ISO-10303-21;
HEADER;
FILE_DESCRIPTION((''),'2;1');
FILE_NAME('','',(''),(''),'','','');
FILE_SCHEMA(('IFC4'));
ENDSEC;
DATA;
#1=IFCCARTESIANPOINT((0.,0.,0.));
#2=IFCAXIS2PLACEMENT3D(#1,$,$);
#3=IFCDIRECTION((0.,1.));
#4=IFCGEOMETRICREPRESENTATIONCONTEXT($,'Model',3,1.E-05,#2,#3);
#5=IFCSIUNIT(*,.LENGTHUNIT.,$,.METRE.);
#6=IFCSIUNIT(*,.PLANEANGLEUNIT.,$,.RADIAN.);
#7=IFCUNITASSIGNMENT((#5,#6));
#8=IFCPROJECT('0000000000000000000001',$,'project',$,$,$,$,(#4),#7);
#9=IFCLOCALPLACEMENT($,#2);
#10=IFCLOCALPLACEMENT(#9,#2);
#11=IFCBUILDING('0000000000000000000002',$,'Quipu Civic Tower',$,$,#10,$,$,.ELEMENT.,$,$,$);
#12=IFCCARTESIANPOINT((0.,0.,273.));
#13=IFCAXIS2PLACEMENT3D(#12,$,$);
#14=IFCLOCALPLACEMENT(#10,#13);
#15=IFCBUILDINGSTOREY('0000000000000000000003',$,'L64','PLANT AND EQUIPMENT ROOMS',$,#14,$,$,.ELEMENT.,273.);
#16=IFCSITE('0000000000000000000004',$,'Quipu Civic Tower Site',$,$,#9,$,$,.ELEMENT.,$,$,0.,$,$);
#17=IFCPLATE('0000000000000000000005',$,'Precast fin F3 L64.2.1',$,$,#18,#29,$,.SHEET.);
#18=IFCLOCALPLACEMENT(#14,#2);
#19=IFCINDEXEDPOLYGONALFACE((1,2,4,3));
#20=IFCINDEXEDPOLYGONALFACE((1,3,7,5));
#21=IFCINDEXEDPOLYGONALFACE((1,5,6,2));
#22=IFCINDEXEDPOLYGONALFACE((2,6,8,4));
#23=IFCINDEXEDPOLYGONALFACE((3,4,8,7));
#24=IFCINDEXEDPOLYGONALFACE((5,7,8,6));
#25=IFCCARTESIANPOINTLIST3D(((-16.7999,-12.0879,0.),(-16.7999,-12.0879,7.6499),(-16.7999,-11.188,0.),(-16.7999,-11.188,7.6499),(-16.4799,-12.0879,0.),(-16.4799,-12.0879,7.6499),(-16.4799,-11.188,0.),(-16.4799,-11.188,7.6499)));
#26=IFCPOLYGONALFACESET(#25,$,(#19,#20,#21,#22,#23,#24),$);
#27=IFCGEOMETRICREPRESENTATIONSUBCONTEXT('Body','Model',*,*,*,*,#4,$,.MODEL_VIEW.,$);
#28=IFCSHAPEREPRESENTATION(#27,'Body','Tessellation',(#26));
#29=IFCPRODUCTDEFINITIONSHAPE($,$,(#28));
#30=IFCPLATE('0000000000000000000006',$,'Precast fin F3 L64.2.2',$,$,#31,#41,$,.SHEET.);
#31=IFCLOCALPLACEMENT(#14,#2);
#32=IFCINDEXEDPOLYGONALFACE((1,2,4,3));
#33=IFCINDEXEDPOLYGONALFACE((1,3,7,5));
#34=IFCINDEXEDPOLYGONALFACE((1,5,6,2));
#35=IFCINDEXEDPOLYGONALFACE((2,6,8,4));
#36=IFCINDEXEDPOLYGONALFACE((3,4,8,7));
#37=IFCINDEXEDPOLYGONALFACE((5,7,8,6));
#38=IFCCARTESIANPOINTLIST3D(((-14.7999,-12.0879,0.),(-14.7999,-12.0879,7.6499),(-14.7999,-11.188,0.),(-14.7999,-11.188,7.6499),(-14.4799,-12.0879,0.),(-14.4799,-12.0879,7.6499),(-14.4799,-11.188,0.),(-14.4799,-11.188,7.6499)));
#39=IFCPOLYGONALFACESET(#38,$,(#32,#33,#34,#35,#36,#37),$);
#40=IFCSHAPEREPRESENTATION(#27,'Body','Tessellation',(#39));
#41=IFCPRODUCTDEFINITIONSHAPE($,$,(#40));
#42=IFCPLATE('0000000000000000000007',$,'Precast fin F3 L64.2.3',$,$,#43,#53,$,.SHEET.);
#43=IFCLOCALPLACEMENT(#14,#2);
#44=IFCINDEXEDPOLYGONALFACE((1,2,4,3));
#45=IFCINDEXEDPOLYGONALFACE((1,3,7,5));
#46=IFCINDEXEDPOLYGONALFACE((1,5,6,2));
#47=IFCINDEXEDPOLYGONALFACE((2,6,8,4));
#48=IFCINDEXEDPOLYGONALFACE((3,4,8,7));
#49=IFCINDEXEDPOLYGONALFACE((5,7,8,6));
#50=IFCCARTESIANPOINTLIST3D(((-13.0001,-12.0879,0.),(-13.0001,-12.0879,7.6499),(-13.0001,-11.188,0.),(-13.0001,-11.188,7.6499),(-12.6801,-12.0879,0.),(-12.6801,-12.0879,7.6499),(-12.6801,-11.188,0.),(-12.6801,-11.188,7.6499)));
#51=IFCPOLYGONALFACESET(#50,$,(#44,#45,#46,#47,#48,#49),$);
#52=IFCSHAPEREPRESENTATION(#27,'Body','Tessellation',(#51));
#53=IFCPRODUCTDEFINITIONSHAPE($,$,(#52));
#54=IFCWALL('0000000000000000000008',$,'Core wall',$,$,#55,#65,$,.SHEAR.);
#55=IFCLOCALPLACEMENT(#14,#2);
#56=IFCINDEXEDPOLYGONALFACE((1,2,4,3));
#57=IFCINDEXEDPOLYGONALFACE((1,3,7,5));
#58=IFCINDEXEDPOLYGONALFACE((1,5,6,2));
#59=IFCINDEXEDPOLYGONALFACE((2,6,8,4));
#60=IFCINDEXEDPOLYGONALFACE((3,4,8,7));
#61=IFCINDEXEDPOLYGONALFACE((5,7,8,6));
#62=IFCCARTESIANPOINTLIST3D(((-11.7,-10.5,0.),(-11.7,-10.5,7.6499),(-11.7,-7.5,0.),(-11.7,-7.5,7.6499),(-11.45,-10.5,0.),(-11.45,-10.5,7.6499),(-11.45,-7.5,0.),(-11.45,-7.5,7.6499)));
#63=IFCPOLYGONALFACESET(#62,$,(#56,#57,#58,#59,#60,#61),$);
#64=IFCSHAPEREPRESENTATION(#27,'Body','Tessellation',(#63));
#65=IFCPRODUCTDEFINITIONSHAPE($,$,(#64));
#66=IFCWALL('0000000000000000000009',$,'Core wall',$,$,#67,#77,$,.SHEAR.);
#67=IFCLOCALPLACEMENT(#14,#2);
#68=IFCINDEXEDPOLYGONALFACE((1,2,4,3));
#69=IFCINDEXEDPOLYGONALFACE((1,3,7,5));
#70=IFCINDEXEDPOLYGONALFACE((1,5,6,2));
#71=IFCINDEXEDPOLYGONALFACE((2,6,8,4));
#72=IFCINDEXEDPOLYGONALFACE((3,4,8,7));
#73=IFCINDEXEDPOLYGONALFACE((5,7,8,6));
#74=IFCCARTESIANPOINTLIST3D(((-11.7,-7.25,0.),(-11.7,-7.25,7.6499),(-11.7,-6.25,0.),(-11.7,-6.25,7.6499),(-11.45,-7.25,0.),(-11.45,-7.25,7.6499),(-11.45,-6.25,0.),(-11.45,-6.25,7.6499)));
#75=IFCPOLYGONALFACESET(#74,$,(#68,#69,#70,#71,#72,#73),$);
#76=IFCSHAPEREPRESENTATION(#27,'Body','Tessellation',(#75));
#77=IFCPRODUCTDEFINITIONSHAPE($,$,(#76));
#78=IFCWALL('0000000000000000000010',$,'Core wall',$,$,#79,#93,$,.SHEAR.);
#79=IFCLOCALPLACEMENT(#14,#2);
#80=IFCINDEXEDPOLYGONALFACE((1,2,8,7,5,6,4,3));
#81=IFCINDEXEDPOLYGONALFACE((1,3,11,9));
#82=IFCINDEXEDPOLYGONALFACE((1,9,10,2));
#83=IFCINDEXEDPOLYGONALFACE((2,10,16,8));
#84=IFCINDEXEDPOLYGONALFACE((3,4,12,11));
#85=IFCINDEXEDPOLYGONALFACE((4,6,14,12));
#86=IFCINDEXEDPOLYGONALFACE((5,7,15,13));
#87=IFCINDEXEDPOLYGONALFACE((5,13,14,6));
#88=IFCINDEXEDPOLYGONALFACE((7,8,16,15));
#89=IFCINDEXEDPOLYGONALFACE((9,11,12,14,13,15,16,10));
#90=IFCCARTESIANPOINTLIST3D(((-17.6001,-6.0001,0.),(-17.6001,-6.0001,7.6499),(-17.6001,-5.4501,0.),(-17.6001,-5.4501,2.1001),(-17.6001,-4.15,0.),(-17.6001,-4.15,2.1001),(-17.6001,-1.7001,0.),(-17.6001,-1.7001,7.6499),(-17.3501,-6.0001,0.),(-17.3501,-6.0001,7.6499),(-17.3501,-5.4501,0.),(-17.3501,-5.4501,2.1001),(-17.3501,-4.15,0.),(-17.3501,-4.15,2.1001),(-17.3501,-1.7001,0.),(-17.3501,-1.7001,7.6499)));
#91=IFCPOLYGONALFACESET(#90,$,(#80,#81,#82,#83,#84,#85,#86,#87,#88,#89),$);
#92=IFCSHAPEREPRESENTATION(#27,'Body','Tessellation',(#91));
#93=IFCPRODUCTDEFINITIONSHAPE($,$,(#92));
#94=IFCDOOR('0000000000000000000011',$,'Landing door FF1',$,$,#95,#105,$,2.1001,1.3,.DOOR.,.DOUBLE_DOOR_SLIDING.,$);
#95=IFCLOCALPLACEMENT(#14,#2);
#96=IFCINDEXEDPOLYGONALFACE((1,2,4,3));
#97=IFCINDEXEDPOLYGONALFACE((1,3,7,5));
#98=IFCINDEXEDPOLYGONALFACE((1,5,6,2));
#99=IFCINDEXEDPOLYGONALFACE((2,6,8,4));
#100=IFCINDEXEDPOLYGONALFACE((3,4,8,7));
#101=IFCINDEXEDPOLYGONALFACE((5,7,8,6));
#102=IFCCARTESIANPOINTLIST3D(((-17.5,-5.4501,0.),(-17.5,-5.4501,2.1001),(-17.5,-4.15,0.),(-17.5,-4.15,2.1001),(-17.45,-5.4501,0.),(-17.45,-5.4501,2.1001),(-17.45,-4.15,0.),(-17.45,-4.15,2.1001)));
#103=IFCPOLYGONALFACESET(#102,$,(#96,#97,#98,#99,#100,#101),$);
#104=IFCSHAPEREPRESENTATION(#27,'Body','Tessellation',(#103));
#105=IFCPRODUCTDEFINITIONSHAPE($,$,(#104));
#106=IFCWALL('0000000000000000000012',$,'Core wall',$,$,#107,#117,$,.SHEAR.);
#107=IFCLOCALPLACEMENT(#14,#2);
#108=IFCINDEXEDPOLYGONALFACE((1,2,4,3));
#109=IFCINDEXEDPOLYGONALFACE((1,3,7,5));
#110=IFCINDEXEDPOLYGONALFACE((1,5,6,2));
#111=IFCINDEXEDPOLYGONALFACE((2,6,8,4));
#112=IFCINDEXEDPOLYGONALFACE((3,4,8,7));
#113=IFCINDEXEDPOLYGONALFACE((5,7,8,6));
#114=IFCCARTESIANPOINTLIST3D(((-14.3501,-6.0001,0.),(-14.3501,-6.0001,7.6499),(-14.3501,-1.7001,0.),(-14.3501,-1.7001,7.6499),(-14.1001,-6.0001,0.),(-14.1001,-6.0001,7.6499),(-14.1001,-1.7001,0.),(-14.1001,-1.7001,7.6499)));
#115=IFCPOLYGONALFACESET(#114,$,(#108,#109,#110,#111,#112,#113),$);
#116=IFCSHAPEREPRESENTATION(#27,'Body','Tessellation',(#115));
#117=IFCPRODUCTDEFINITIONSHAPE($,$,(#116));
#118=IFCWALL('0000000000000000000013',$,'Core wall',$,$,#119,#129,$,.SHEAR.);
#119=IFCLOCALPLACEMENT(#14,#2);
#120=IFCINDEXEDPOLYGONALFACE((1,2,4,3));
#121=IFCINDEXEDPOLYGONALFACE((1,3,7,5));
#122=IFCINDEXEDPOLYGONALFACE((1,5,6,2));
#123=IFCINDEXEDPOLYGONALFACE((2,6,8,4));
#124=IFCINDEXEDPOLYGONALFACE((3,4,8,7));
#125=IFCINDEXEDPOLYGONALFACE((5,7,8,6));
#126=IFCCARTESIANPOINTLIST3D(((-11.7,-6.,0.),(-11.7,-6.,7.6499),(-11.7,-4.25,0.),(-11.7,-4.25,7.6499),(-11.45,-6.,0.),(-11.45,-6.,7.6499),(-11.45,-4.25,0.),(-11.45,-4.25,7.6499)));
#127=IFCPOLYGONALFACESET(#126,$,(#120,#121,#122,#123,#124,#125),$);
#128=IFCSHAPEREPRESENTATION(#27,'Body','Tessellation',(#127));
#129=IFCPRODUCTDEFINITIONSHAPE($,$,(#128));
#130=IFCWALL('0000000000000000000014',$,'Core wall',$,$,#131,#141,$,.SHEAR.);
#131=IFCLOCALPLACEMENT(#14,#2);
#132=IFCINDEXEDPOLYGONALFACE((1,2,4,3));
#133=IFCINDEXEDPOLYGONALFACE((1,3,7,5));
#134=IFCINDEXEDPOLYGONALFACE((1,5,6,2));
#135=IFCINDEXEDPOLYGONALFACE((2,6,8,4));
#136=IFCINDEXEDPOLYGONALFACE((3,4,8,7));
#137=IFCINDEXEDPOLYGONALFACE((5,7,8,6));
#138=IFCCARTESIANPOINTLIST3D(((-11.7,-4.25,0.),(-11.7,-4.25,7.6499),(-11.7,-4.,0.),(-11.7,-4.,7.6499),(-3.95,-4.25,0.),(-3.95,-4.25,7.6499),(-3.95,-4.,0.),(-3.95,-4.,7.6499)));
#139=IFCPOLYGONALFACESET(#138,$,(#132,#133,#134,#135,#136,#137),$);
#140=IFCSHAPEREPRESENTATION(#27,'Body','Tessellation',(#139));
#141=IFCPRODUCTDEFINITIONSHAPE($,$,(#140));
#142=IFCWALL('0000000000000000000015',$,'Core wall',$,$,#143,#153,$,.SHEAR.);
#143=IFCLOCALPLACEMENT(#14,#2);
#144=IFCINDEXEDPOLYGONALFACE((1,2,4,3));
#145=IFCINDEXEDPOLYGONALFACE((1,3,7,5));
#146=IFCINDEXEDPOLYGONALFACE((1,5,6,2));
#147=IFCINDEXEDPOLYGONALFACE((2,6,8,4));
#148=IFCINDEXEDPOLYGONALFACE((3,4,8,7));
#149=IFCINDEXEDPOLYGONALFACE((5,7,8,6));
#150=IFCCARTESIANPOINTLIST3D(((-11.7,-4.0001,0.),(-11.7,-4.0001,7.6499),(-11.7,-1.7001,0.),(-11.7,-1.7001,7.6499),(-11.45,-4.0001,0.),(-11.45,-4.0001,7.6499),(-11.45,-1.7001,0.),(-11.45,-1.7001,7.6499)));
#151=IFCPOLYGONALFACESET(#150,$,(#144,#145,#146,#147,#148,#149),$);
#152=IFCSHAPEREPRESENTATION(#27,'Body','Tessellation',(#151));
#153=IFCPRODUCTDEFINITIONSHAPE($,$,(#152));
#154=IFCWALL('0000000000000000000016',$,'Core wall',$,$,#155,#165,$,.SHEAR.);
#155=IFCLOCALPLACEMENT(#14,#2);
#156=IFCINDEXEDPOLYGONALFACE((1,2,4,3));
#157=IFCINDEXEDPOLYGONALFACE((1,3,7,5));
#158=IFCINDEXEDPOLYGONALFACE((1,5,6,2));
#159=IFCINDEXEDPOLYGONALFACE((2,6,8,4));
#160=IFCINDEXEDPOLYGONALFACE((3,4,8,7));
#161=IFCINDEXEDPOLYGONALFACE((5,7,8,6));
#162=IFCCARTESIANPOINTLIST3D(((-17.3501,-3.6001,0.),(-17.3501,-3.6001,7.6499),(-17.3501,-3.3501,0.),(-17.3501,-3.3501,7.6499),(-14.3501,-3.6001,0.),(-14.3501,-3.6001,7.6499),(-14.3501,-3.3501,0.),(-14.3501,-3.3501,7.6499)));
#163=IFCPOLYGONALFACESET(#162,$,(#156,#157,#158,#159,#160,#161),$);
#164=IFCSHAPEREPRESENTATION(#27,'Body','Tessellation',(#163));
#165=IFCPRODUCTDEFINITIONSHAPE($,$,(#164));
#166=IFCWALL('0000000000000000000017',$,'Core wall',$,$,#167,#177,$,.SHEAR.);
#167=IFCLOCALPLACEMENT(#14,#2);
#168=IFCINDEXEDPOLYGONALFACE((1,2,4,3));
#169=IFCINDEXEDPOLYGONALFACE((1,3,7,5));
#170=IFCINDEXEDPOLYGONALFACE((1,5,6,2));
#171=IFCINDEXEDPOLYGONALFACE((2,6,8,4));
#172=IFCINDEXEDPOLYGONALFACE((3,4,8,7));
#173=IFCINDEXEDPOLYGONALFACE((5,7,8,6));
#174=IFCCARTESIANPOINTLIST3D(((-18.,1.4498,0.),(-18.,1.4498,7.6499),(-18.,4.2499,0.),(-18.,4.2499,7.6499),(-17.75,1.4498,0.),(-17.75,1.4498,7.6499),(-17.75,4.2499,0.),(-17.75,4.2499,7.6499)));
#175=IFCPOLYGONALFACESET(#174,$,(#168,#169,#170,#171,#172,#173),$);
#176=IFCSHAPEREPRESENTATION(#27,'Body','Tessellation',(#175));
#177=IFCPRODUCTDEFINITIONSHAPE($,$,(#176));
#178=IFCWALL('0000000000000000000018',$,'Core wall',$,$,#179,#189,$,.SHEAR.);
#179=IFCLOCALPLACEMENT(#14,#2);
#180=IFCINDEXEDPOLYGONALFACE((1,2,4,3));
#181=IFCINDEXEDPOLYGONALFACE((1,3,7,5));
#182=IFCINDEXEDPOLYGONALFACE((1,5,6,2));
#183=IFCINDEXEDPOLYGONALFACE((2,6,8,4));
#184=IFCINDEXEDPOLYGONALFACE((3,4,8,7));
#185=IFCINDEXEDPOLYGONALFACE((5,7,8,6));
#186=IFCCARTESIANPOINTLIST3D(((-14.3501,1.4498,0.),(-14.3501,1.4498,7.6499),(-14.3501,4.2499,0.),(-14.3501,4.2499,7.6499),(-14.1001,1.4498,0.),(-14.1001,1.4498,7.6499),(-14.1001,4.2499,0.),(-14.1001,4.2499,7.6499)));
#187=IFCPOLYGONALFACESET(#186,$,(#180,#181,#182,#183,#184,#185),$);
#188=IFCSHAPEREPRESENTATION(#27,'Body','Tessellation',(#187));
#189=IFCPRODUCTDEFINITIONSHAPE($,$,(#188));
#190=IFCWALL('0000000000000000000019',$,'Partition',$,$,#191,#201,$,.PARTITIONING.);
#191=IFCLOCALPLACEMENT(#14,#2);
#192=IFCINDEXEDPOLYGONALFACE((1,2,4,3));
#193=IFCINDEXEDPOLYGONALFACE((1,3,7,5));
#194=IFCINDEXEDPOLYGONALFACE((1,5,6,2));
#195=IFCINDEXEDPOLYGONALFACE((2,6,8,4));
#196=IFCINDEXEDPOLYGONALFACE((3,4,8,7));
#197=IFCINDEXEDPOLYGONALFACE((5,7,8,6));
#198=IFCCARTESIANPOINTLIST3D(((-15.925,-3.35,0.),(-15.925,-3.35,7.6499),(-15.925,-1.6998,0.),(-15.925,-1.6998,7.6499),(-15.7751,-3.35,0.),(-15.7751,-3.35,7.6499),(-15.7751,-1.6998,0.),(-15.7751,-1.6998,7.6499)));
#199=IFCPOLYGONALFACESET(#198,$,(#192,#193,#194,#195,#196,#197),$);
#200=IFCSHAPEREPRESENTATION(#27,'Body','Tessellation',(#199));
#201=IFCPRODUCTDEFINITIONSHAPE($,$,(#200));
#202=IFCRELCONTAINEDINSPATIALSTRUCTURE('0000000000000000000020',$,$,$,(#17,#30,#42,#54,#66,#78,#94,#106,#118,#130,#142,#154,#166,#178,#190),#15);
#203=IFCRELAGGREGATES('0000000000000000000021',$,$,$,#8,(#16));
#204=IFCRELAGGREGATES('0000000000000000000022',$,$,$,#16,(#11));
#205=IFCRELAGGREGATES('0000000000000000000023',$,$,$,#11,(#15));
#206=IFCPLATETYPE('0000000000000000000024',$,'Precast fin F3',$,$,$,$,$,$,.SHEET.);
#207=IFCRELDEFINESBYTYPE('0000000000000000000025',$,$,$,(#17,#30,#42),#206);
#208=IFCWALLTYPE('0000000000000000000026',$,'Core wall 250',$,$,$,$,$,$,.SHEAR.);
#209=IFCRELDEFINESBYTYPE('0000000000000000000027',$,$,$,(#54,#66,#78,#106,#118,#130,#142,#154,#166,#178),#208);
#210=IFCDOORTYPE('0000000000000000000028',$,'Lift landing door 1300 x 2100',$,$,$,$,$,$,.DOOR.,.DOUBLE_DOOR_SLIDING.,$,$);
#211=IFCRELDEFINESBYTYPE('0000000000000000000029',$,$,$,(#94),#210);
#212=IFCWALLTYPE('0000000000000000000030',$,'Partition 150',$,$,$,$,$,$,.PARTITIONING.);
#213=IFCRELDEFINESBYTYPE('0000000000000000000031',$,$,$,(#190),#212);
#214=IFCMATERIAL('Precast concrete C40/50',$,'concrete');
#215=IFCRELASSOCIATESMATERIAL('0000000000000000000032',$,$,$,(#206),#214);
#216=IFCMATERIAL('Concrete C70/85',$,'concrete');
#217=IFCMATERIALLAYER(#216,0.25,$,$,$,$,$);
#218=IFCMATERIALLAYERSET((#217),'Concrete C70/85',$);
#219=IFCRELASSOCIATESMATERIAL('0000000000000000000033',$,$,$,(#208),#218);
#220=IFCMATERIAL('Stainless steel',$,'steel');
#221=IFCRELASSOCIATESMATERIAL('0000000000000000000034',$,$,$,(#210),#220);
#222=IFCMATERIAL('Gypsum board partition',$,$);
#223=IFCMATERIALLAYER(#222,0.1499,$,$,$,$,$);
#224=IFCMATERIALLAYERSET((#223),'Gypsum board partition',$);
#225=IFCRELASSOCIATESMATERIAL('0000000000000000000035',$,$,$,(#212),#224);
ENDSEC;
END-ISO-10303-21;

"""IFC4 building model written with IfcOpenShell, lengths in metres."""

from ifc_helpers import new_model, si_unit, direction, frame, frame_2d, origin, origin_2d, place, context, subcontext, project, spatial, rectangle, extrude, material, layer, layer_set, type_object, element, fill, save


model = new_model("IFC4")

# Units and contexts
model_context = context("Model", 3, precision=1e-05, world=origin(), true_north=direction((0.0, 1.0)))
body_context = subcontext(model_context, "Body", "Model", "MODEL_VIEW")
ifc_project = project(units=[si_unit("LENGTHUNIT", "METRE"), si_unit("PLANEANGLEUNIT", "RADIAN")], contexts=[model_context])

# Site, building, storey
site_placement = place(None, origin())
site = spatial("IfcSite", under=ifc_project, at=site_placement, Name="Quipu Civic Tower Site", CompositionType="ELEMENT", RefElevation=0.0)
building_placement = place(site_placement, origin())
building = spatial("IfcBuilding", under=site, at=building_placement, Name="Quipu Civic Tower", CompositionType="ELEMENT")
storey_placement = place(building_placement, frame((0.0, 0.0, 273.0)))
storey = spatial("IfcBuildingStorey", under=building, at=storey_placement, Name="L64", Description="PLANT AND EQUIPMENT ROOMS", CompositionType="ELEMENT", Elevation=273.0)

# Plates
ifc_material_1 = material(Name="Precast concrete C40/50", Category="concrete")
plate_type = type_object("IfcPlateType", Name="Precast fin F3", PredefinedType="SHEET", material=ifc_material_1)
for number, where, z_axis, x_axis, name in (
    (1, (-16.6399, -11.6379, 0.0), (0.0, 0.0, 1.0), (1.0, 0.0, 0.0), "Precast fin F3 L64.2.1"),
    (2, (-14.6399, -11.6379, 0.0), (0.0, 0.0, 1.0), (1.0, 0.0, 0.0), "Precast fin F3 L64.2.2"),
    (3, (-12.8401, -11.6379, 0.0), (0.0, 0.0, 1.0), (1.0, 0.0, 0.0), "Precast fin F3 L64.2.3"),
):
    element("IfcPlate", number, at=place(storey_placement, frame(where, z_axis=z_axis, x_axis=x_axis)), inside=storey, type_object=plate_type, Name=name, PredefinedType="SHEET", context=body_context, shape_type="SweptSolid", body=[
        extrude(rectangle(XDim=0.3201, YDim=0.8999, at=origin_2d()), origin(), (0.0, 0.0, 1.0), 7.6499),
    ])

# Walls
ifc_material_2 = material(Name="Concrete C70/85", Category="concrete")
ifc_layer_1 = layer(ifc_material_2, 0.25)
ifc_layer_set_1 = layer_set([ifc_layer_1], Name="Concrete C70/85")
wall_type_1 = type_object("IfcWallType", Name="Core wall 250", PredefinedType="SHEAR", material=ifc_layer_set_1)
wall_1_placement = place(storey_placement, frame((-11.575, -10.5, 0.0), z_axis=(0.0, 0.0, 1.0), x_axis=(0.0, 1.0, 0.0)))
element("IfcWall", 4, at=wall_1_placement, inside=storey, type_object=wall_type_1, Name="Core wall", PredefinedType="SHEAR", context=body_context, shape_type="SweptSolid", body=[
    extrude(rectangle(XDim=3.0, YDim=0.25, at=frame_2d((1.5, 0.0))), origin(), (0.0, 0.0, 1.0), 7.6499),
])
wall_2_placement = place(storey_placement, frame((-11.575, -7.25, 0.0), z_axis=(0.0, 0.0, 1.0), x_axis=(0.0, 1.0, 0.0)))
element("IfcWall", 5, at=wall_2_placement, inside=storey, type_object=wall_type_1, Name="Core wall", PredefinedType="SHEAR", context=body_context, shape_type="SweptSolid", body=[
    extrude(rectangle(XDim=1.0, YDim=0.25, at=frame_2d((0.5, 0.0))), origin(), (0.0, 0.0, 1.0), 7.6499),
])

# Wall, opening, door
wall_3_placement = place(storey_placement, frame((-17.4751, -6.0, 0.0), z_axis=(0.0, 0.0, 1.0), x_axis=(0.0, 1.0, 0.0)))
wall_3 = element("IfcWall", 6, at=wall_3_placement, inside=storey, type_object=wall_type_1, Name="Core wall", PredefinedType="SHEAR", context=body_context, shape_type="SweptSolid", body=[
    extrude(rectangle(XDim=4.3, YDim=0.25, at=frame_2d((2.1499, 0.0))), origin(), (0.0, 0.0, 1.0), 7.6499),
])
opening_placement = place(wall_3_placement, frame((0.55, 0.0, 0.0)))
opening = element("IfcOpeningElement", 7, at=opening_placement, cuts=wall_3, PredefinedType="OPENING", context=body_context, shape_type="SweptSolid", body=[
    extrude(rectangle(XDim=1.3, YDim=2.1001, at=frame_2d((0.6499, 1.05))), frame((0.0, 0.135, 0.0), z_axis=(0.0, -1.0, 0.0), x_axis=(1.0, 0.0, 0.0)), (0.0, 0.0, 1.0), 0.27),
])
ifc_material_3 = material(Name="Stainless steel", Category="steel")
door_type = type_object("IfcDoorType", Name="Lift landing door 1300 x 2100", OperationType="DOUBLE_DOOR_SLIDING", PredefinedType="DOOR", material=ifc_material_3)
door_placement = place(opening_placement, origin())
door = element("IfcDoor", 8, at=door_placement, inside=storey, type_object=door_type, Name="Landing door FF1", OperationType="DOUBLE_DOOR_SLIDING", OverallHeight=2.1001, OverallWidth=1.3, PredefinedType="DOOR", context=body_context, shape_type="SweptSolid", body=[
    extrude(rectangle(XDim=1.3, YDim=2.1001, at=frame_2d((0.6499, 1.05))), frame((0.0, 0.0249, 0.0), z_axis=(0.0, -1.0, 0.0), x_axis=(1.0, 0.0, 0.0)), (0.0, 0.0, 1.0), 0.05),
])
fill(opening, door)

# Walls
wall_4_placement = place(storey_placement, frame((-14.2251, -6.0, 0.0), z_axis=(0.0, 0.0, 1.0), x_axis=(0.0, 1.0, 0.0)))
element("IfcWall", 9, at=wall_4_placement, inside=storey, type_object=wall_type_1, Name="Core wall", PredefinedType="SHEAR", context=body_context, shape_type="SweptSolid", body=[
    extrude(rectangle(XDim=4.3, YDim=0.25, at=frame_2d((2.1499, 0.0))), origin(), (0.0, 0.0, 1.0), 7.6499),
])
wall_5_placement = place(storey_placement, frame((-11.575, -6.0, 0.0), z_axis=(0.0, 0.0, 1.0), x_axis=(0.0, 1.0, 0.0)))
element("IfcWall", 10, at=wall_5_placement, inside=storey, type_object=wall_type_1, Name="Core wall", PredefinedType="SHEAR", context=body_context, shape_type="SweptSolid", body=[
    extrude(rectangle(XDim=1.75, YDim=0.25, at=frame_2d((0.875, 0.0))), origin(), (0.0, 0.0, 1.0), 7.6499),
])
wall_6_placement = place(storey_placement, frame((-11.7, -4.125, 0.0), z_axis=(0.0, 0.0, 1.0), x_axis=(1.0, 0.0, 0.0)))
element("IfcWall", 11, at=wall_6_placement, inside=storey, type_object=wall_type_1, Name="Core wall", PredefinedType="SHEAR", context=body_context, shape_type="SweptSolid", body=[
    extrude(rectangle(XDim=7.75, YDim=0.25, at=frame_2d((3.875, 0.0))), origin(), (0.0, 0.0, 1.0), 7.6499),
])
wall_7_placement = place(storey_placement, frame((-11.575, -4.0, 0.0), z_axis=(0.0, 0.0, 1.0), x_axis=(0.0, 1.0, 0.0)))
element("IfcWall", 12, at=wall_7_placement, inside=storey, type_object=wall_type_1, Name="Core wall", PredefinedType="SHEAR", context=body_context, shape_type="SweptSolid", body=[
    extrude(rectangle(XDim=2.3, YDim=0.25, at=frame_2d((1.1499, 0.0))), origin(), (0.0, 0.0, 1.0), 7.6499),
])
wall_8_placement = place(storey_placement, frame((-17.3501, -3.4751, 0.0), z_axis=(0.0, 0.0, 1.0), x_axis=(1.0, 0.0, 0.0)))
element("IfcWall", 13, at=wall_8_placement, inside=storey, type_object=wall_type_1, Name="Core wall", PredefinedType="SHEAR", context=body_context, shape_type="SweptSolid", body=[
    extrude(rectangle(XDim=3.0, YDim=0.25, at=frame_2d((1.5, 0.0))), origin(), (0.0, 0.0, 1.0), 7.6499),
])
for number, where, z_axis, x_axis, name in (
    (14, (-17.875, 1.45, 0.0), (0.0, 0.0, 1.0), (0.0, 1.0, 0.0), "Core wall"),
    (15, (-14.2251, 1.45, 0.0), (0.0, 0.0, 1.0), (0.0, 1.0, 0.0), "Core wall"),
):
    element("IfcWall", number, at=place(storey_placement, frame(where, z_axis=z_axis, x_axis=x_axis)), inside=storey, type_object=wall_type_1, Name=name, PredefinedType="SHEAR", context=body_context, shape_type="SweptSolid", body=[
        extrude(rectangle(XDim=2.8, YDim=0.25, at=frame_2d((1.3999, 0.0))), origin(), (0.0, 0.0, 1.0), 7.6499),
    ])
ifc_material_4 = material(Name="Gypsum board partition")
ifc_layer_2 = layer(ifc_material_4, 0.1499)
ifc_layer_set_2 = layer_set([ifc_layer_2], Name="Gypsum board partition")
wall_type_2 = type_object("IfcWallType", Name="Partition 150", PredefinedType="PARTITIONING", material=ifc_layer_set_2)
wall_9_placement = place(storey_placement, frame((-15.8501, -3.3501, 0.0), z_axis=(0.0, 0.0, 1.0), x_axis=(0.0, 1.0, 0.0)))
element("IfcWall", 16, at=wall_9_placement, inside=storey, type_object=wall_type_2, Name="Partition", PredefinedType="PARTITIONING", context=body_context, shape_type="SweptSolid", body=[
    extrude(rectangle(XDim=1.6501, YDim=0.1499, at=frame_2d((0.8252, 0.0))), origin(), (0.0, 0.0, 1.0), 7.6499),
])

save(model, "model.ifc")
